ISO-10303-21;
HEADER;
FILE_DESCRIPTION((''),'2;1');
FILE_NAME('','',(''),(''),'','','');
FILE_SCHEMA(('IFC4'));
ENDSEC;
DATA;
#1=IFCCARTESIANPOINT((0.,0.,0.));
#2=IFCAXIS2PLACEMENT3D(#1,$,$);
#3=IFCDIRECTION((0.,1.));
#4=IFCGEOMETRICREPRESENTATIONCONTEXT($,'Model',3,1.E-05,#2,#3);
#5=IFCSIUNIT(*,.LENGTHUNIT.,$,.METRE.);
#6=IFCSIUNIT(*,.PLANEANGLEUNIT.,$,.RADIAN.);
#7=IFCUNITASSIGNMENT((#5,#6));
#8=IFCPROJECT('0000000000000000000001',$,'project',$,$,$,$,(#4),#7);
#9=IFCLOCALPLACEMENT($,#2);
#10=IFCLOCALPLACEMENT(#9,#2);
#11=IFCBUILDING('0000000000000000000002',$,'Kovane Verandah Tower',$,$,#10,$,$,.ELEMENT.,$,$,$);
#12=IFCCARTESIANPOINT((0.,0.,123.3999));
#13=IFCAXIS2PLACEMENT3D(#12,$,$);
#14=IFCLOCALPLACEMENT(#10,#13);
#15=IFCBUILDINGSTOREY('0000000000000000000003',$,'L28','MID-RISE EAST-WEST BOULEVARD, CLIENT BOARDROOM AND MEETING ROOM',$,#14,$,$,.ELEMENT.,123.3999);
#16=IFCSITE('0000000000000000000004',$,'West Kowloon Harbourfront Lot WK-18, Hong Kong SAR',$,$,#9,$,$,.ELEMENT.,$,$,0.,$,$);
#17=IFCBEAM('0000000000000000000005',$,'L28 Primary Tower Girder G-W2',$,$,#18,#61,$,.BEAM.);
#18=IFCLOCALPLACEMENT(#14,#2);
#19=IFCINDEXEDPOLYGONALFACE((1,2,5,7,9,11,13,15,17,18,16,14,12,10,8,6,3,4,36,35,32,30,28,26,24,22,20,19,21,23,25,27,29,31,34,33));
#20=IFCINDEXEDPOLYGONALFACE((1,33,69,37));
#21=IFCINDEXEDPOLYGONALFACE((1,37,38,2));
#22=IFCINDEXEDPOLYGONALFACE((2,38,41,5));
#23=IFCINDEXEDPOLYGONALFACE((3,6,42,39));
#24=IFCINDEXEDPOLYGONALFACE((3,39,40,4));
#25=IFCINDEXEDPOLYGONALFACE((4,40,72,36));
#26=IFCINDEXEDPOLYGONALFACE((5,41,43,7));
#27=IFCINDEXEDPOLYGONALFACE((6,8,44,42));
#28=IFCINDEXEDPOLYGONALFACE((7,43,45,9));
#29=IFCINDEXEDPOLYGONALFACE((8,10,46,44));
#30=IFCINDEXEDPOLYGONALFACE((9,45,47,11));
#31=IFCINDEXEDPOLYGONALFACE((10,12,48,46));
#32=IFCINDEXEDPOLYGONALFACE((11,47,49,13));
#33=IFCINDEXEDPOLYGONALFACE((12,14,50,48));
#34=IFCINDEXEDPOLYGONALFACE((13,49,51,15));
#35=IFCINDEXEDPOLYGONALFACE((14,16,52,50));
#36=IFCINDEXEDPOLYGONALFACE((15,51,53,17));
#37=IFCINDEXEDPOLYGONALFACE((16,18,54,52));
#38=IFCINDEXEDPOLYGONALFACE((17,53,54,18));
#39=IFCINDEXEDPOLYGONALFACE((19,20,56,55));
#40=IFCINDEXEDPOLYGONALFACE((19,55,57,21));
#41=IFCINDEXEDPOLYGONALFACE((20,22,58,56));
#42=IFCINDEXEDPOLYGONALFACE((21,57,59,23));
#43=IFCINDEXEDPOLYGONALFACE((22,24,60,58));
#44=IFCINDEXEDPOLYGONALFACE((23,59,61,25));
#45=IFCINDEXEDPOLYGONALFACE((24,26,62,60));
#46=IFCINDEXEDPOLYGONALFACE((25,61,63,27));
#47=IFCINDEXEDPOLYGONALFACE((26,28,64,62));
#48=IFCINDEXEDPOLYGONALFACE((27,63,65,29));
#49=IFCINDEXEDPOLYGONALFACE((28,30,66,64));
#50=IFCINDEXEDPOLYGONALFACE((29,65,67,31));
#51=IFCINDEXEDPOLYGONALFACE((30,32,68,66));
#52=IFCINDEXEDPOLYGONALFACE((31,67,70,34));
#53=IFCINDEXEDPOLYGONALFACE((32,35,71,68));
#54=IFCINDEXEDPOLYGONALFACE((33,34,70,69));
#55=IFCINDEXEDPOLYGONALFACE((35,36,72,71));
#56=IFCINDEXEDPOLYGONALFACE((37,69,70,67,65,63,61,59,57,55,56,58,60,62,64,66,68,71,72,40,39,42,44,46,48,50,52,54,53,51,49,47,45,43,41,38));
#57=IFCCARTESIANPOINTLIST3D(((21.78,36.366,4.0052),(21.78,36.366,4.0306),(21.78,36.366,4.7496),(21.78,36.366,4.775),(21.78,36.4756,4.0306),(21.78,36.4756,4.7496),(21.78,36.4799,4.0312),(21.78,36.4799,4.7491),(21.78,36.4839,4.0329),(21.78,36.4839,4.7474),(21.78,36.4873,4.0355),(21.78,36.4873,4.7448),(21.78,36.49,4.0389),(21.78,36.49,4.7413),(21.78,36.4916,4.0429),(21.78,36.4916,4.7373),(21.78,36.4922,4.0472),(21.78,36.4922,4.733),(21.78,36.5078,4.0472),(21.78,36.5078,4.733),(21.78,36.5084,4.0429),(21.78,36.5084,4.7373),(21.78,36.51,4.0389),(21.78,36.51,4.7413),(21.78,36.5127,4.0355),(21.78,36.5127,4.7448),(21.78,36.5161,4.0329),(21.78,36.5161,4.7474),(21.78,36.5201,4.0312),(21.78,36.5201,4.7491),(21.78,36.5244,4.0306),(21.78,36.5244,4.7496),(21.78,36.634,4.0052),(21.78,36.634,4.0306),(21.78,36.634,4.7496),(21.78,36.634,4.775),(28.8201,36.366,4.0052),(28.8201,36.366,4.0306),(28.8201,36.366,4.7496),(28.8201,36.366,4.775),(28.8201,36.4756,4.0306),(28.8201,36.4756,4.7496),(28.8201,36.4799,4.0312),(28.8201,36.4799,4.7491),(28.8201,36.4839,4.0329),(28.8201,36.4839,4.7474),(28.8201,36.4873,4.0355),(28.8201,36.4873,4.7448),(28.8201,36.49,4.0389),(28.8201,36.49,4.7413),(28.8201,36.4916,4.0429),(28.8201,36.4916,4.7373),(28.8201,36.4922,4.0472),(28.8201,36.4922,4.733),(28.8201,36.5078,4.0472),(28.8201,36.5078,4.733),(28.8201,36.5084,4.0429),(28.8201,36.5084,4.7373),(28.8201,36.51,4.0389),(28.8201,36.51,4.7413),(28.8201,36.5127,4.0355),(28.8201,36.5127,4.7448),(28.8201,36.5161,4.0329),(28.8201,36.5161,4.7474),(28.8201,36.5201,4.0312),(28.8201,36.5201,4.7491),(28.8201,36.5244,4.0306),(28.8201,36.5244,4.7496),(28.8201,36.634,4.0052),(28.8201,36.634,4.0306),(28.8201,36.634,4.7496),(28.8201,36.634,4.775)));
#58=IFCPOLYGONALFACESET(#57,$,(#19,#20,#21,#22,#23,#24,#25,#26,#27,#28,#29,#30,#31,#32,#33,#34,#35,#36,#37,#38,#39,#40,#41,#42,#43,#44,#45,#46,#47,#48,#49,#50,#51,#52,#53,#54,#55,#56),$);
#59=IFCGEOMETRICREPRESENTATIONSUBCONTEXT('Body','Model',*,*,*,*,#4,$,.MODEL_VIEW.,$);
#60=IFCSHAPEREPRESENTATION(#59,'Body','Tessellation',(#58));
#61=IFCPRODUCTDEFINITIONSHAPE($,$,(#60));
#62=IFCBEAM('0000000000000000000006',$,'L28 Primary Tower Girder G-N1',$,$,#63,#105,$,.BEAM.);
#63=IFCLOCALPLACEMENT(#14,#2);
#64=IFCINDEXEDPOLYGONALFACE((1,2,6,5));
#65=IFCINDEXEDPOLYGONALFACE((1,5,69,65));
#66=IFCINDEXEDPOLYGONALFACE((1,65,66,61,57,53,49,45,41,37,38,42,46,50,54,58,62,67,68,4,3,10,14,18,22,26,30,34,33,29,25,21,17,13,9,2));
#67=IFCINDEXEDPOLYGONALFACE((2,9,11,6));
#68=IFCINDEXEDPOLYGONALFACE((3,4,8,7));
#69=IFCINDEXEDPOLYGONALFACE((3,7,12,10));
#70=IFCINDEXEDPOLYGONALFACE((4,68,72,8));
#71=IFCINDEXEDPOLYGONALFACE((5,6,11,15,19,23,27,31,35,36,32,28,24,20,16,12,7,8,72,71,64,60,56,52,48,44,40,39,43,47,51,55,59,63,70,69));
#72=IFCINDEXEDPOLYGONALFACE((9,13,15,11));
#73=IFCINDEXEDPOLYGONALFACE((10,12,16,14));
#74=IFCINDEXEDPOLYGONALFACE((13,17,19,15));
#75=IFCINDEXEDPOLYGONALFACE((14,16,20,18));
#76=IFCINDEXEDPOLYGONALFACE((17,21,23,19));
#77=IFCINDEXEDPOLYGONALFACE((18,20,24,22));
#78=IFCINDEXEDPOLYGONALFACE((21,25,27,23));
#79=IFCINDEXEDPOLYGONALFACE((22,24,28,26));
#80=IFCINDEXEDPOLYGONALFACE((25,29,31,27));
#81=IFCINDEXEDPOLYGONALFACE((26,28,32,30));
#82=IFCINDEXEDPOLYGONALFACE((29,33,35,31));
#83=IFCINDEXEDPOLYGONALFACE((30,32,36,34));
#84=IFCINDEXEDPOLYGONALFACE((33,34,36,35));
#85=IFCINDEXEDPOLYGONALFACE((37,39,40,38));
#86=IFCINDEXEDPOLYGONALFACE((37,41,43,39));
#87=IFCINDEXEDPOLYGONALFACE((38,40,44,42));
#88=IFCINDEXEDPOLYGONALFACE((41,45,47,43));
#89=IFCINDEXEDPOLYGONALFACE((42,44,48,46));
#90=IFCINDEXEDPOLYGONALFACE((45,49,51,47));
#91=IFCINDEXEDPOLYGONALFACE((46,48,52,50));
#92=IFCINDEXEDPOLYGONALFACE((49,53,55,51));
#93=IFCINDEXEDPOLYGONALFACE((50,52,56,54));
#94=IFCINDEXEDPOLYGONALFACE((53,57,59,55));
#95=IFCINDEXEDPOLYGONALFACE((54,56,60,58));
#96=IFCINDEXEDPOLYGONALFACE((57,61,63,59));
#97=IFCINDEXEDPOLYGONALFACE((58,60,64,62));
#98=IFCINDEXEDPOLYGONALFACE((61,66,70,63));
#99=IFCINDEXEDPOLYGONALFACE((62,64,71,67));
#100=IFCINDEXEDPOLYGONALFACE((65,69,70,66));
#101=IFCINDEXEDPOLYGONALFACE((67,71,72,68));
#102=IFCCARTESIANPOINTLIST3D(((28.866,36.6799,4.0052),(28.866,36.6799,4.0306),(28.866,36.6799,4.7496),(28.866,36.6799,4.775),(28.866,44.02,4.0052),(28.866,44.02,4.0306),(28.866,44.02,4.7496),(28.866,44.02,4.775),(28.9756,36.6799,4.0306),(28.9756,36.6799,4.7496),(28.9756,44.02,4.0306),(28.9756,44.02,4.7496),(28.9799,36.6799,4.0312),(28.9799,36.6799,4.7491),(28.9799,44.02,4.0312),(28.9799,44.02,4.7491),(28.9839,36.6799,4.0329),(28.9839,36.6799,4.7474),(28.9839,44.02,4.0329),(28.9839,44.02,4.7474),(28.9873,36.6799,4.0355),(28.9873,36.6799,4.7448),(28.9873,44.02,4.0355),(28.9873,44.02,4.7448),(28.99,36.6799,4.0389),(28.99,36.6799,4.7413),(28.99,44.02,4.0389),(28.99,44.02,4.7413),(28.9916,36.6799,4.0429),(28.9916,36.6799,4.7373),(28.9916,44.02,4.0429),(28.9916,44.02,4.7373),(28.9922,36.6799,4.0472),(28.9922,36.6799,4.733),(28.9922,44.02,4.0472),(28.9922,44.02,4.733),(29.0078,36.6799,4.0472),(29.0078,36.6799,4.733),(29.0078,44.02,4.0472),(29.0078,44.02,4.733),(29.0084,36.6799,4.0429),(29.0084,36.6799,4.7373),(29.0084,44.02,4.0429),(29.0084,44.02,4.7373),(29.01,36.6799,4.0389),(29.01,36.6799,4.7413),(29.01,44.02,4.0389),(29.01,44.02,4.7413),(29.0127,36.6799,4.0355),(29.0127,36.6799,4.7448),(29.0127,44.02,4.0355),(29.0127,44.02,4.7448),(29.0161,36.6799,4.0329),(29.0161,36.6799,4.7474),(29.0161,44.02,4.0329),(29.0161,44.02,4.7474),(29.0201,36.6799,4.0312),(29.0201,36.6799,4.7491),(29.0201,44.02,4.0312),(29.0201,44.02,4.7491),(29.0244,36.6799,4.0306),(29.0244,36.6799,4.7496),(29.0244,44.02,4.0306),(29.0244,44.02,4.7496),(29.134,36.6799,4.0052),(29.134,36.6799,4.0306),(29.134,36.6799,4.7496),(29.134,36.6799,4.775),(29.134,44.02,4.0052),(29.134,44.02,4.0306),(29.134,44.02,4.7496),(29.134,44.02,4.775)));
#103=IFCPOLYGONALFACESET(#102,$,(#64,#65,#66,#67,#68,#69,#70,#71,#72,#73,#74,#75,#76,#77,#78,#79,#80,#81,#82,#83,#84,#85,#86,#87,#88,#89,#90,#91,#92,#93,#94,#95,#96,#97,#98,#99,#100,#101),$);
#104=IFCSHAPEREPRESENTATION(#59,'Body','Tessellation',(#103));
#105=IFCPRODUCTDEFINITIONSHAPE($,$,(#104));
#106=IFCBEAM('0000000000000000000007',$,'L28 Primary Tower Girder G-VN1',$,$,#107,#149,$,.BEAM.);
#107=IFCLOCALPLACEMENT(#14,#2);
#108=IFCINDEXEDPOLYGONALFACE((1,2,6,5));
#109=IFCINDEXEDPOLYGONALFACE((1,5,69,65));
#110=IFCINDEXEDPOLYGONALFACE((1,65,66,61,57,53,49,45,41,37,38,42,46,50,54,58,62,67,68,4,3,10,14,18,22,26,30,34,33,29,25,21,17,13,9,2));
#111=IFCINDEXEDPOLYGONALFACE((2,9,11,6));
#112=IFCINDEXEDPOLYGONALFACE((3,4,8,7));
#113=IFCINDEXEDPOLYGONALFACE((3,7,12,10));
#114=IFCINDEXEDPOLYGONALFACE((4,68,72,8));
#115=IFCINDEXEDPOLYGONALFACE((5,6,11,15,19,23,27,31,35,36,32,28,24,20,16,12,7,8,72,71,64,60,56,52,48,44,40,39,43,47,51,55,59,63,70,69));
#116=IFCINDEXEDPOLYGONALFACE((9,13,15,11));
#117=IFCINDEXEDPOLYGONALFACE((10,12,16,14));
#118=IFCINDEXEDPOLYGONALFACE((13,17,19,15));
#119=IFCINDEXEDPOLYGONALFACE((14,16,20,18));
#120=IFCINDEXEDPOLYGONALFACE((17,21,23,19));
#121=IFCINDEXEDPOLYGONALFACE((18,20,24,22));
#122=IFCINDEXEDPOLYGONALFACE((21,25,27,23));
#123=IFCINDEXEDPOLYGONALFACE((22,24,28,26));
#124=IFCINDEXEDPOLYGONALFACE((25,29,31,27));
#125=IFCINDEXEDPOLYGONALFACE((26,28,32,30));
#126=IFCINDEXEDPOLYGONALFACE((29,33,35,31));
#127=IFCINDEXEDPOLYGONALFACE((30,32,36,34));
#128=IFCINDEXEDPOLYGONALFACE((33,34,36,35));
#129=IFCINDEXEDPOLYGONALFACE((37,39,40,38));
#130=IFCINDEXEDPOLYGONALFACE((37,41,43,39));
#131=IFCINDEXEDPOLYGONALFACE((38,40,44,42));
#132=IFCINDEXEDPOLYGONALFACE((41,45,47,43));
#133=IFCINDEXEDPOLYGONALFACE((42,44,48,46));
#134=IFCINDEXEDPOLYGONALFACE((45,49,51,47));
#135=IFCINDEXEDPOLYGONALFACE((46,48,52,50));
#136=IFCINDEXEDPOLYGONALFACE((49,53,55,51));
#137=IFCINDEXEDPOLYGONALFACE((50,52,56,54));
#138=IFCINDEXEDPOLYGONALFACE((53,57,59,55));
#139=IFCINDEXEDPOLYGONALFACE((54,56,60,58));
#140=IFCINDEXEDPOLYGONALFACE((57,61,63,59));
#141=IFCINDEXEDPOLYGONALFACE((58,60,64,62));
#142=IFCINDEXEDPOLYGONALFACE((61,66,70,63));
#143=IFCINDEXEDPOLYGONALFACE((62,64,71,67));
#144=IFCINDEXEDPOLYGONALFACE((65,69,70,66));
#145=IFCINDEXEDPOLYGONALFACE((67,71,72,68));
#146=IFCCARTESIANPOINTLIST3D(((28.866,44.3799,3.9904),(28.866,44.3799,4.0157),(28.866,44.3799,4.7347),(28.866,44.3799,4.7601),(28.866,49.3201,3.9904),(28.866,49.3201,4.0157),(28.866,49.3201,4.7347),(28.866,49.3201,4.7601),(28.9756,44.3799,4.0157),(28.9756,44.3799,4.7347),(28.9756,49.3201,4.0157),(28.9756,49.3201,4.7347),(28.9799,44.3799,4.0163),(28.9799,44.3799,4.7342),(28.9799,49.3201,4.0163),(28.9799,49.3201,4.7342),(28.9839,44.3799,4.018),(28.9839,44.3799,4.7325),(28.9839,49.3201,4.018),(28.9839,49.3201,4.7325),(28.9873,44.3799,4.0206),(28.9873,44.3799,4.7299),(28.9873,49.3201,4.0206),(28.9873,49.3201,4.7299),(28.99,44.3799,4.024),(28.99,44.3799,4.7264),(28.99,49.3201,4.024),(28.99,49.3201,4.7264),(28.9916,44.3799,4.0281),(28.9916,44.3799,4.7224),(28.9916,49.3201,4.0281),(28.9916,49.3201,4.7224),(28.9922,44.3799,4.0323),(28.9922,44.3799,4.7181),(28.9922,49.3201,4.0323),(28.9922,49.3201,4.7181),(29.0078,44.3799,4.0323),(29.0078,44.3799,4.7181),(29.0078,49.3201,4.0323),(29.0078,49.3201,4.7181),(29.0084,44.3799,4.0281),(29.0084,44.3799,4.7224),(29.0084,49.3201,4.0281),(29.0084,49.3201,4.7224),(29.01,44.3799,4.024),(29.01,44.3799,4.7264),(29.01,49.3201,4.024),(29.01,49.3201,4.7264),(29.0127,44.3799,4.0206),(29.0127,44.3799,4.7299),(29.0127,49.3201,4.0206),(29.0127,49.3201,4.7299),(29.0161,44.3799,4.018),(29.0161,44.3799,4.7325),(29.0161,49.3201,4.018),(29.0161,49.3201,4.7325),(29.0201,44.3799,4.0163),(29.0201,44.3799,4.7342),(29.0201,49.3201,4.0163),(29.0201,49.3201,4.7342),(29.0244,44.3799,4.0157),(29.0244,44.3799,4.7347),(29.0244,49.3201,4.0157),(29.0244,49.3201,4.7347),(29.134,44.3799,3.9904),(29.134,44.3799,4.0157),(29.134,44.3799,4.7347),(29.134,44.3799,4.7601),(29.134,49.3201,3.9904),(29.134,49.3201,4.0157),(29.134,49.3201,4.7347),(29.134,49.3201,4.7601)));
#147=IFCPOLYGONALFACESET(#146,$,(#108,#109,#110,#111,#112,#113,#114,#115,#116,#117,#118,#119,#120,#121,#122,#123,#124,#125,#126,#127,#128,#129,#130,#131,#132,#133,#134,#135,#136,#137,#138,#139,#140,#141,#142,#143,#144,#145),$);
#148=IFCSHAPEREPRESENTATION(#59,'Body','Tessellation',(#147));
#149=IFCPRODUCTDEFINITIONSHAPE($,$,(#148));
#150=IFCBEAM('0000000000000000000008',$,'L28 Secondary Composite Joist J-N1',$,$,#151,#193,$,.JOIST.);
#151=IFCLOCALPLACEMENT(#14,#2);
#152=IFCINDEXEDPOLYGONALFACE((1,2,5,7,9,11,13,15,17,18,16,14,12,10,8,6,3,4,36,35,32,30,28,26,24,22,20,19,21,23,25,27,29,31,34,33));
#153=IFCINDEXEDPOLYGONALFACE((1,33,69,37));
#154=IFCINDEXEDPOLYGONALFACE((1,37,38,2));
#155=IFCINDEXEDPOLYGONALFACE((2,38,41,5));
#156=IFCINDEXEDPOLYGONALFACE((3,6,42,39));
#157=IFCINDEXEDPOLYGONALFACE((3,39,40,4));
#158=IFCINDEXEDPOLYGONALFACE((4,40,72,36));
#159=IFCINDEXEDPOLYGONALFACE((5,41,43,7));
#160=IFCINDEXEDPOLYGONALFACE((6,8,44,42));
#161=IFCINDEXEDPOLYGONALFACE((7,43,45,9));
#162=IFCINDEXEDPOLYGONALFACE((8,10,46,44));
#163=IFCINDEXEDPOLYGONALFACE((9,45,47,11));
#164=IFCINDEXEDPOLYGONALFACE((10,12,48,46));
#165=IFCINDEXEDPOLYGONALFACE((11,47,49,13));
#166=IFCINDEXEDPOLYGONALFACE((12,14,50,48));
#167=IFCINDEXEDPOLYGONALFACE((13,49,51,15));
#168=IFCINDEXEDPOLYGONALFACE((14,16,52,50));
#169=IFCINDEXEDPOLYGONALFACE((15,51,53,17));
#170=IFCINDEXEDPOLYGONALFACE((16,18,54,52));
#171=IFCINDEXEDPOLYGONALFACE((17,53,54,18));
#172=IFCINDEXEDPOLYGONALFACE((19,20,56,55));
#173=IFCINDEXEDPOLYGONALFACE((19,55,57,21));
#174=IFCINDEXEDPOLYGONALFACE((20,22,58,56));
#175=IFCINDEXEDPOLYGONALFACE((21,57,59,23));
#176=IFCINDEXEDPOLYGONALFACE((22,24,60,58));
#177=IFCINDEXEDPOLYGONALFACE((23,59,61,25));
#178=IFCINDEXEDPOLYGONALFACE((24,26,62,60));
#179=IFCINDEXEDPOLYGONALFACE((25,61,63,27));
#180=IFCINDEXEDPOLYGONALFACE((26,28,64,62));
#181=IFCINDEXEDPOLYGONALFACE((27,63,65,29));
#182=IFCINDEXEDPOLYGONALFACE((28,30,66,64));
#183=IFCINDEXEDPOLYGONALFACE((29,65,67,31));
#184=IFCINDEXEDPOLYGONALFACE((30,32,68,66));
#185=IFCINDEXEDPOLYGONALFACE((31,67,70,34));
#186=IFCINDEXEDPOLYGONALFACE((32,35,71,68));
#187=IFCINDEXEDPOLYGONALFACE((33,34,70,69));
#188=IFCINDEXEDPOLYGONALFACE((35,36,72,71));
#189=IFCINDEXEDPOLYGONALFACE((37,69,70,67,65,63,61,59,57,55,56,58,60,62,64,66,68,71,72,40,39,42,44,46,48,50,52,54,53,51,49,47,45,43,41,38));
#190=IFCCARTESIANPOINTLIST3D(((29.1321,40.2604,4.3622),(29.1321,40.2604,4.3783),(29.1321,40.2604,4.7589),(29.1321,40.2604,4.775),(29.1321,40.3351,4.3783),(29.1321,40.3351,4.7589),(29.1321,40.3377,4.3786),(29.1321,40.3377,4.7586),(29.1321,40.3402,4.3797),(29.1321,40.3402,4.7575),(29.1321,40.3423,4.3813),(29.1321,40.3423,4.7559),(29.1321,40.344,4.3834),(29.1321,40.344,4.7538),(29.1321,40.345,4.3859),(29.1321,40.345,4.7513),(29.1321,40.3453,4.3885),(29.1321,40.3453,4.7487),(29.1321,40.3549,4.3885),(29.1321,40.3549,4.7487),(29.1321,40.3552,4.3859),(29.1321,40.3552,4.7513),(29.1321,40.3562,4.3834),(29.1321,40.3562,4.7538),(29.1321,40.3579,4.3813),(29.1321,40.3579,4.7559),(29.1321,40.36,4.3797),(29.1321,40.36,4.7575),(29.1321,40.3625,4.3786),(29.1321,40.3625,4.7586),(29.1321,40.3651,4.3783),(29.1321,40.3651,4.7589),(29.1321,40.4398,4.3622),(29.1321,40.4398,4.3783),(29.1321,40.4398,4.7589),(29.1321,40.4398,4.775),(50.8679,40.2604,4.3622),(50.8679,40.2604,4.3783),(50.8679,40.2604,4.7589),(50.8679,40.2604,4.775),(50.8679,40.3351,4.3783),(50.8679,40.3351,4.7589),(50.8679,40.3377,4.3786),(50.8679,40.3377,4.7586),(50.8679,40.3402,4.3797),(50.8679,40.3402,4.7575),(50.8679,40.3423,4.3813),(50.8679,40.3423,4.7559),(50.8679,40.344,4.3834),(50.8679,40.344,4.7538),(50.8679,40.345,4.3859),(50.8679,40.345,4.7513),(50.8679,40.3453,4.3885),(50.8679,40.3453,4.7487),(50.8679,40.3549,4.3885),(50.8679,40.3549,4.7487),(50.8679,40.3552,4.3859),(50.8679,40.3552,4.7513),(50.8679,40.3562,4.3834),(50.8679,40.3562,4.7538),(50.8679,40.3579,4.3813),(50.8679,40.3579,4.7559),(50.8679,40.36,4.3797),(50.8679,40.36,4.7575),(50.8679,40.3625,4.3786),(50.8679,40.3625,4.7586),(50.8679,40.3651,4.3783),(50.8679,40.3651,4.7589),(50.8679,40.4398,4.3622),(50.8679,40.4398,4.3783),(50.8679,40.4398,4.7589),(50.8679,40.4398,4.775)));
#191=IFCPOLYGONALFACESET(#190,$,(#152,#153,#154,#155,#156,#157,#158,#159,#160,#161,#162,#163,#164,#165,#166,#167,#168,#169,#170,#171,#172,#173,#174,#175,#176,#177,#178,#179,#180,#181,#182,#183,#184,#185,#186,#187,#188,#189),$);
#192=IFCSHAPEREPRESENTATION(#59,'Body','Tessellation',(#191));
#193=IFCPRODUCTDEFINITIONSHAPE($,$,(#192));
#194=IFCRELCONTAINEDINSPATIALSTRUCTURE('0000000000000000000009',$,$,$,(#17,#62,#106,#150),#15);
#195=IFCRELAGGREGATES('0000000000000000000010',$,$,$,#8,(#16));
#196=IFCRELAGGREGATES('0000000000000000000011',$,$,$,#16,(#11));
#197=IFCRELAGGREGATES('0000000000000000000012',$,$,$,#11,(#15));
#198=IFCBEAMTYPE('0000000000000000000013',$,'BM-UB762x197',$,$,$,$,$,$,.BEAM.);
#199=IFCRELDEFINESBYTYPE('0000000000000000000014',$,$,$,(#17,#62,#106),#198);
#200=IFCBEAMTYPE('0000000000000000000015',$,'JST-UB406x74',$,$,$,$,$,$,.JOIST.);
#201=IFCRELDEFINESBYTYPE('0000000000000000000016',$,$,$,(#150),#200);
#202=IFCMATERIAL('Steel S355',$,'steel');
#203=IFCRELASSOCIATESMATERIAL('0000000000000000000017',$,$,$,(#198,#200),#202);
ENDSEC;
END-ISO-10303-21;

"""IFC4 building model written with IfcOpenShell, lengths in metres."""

from ifc_helpers import new_model, si_unit, direction, frame, origin, origin_2d, place, context, subcontext, project, spatial, i_section, extrude, material, material_profile, profile_set, type_object, element, save


model = new_model("IFC4")

# Units and contexts
model_context = context("Model", 3, precision=1e-05, world=origin(), true_north=direction((0.0, 1.0)))
body_context = subcontext(model_context, "Body", "Model", "MODEL_VIEW")
ifc_project = project(units=[si_unit("LENGTHUNIT", "METRE"), si_unit("PLANEANGLEUNIT", "RADIAN")], contexts=[model_context])

# Site, building, storey
site_placement = place(None, origin())
site = spatial("IfcSite", under=ifc_project, at=site_placement, Name="West Kowloon Harbourfront Lot WK-18, Hong Kong SAR", CompositionType="ELEMENT", RefElevation=0.0)
building_placement = place(site_placement, origin())
building = spatial("IfcBuilding", under=site, at=building_placement, Name="Kovane Verandah Tower", CompositionType="ELEMENT")
storey_placement = place(building_placement, frame((0.0, 0.0, 123.3999)))
storey = spatial("IfcBuildingStorey", under=building, at=storey_placement, Name="L28", Description="MID-RISE EAST-WEST BOULEVARD, CLIENT BOARDROOM AND MEETING ROOM", CompositionType="ELEMENT", Elevation=123.3999)

# Beams
ifc_material_1 = material(Name="Steel S355", Category="steel")
ifc_material_profile_1 = material_profile(ifc_material_1, i_section(OverallWidth=0.2681, OverallDepth=0.7698, WebThickness=0.0156, FlangeThickness=0.0254, FilletRadius=0.0166, at=origin_2d()), Name="UB762x267x197")
ifc_profile_set_1 = profile_set([ifc_material_profile_1], Name="Steel S355")
beam_type_1 = type_object("IfcBeamType", Name="BM-UB762x197", PredefinedType="BEAM", material=ifc_profile_set_1)
for number, where, z_axis, x_axis, name in (
    (1, (28.8201, 36.5, 4.3901), (-1.0, 0.0, 0.0), (0.0, -1.0, 0.0), "L28 Primary Tower Girder G-W2"),
):
    element("IfcBeam", number, at=place(storey_placement, frame(where, z_axis=z_axis, x_axis=x_axis)), inside=storey, type_object=beam_type_1, Name=name, PredefinedType="BEAM", context=body_context, shape_type="SweptSolid", body=[
        extrude(i_section(OverallWidth=0.2681, OverallDepth=0.7698, WebThickness=0.0156, FlangeThickness=0.0254, FilletRadius=0.0166, at=origin_2d()), origin(), (0.0, 0.0, 1.0), 7.04),
    ])
beam_1_placement = place(storey_placement, frame((29.0, 36.6799, 4.3901), z_axis=(0.0, 1.0, 0.0), x_axis=(-1.0, 0.0, 0.0)))
element("IfcBeam", 2, at=beam_1_placement, inside=storey, type_object=beam_type_1, Name="L28 Primary Tower Girder G-N1", PredefinedType="BEAM", context=body_context, shape_type="SweptSolid", body=[
    extrude(i_section(OverallWidth=0.2681, OverallDepth=0.7698, WebThickness=0.0156, FlangeThickness=0.0254, FilletRadius=0.0166, at=origin_2d()), origin(), (0.0, 0.0, 1.0), 7.3401),
])
beam_2_placement = place(storey_placement, frame((29.0, 44.3799, 4.3752), z_axis=(0.0, 1.0, 0.0), x_axis=(-1.0, 0.0, 0.0)))
element("IfcBeam", 3, at=beam_2_placement, inside=storey, type_object=beam_type_1, Name="L28 Primary Tower Girder G-VN1", PredefinedType="BEAM", context=body_context, shape_type="SweptSolid", body=[
    extrude(i_section(OverallWidth=0.2681, OverallDepth=0.7698, WebThickness=0.0156, FlangeThickness=0.0254, FilletRadius=0.0166, at=origin_2d()), origin(), (0.0, 0.0, 1.0), 4.9402),
])
ifc_material_profile_2 = material_profile(ifc_material_1, i_section(OverallWidth=0.1794, OverallDepth=0.4128, WebThickness=0.0095, FlangeThickness=0.0161, FilletRadius=0.0103, at=origin_2d()), Name="UB406x178x74")
ifc_profile_set_2 = profile_set([ifc_material_profile_2], Name="Steel S355")
beam_type_2 = type_object("IfcBeamType", Name="JST-UB406x74", PredefinedType="JOIST", material=ifc_profile_set_2)
beam_3_placement = place(storey_placement, frame((29.1321, 40.3501, 4.5686), z_axis=(1.0, 0.0, 0.0), x_axis=(0.0, 1.0, 0.0)))
element("IfcBeam", 4, at=beam_3_placement, inside=storey, type_object=beam_type_2, Name="L28 Secondary Composite Joist J-N1", PredefinedType="JOIST", context=body_context, shape_type="SweptSolid", body=[
    extrude(i_section(OverallWidth=0.1794, OverallDepth=0.4128, WebThickness=0.0095, FlangeThickness=0.0161, FilletRadius=0.0103, at=origin_2d()), origin(), (0.0, 0.0, 1.0), 21.7358),
])

save(model, "model.ifc")
